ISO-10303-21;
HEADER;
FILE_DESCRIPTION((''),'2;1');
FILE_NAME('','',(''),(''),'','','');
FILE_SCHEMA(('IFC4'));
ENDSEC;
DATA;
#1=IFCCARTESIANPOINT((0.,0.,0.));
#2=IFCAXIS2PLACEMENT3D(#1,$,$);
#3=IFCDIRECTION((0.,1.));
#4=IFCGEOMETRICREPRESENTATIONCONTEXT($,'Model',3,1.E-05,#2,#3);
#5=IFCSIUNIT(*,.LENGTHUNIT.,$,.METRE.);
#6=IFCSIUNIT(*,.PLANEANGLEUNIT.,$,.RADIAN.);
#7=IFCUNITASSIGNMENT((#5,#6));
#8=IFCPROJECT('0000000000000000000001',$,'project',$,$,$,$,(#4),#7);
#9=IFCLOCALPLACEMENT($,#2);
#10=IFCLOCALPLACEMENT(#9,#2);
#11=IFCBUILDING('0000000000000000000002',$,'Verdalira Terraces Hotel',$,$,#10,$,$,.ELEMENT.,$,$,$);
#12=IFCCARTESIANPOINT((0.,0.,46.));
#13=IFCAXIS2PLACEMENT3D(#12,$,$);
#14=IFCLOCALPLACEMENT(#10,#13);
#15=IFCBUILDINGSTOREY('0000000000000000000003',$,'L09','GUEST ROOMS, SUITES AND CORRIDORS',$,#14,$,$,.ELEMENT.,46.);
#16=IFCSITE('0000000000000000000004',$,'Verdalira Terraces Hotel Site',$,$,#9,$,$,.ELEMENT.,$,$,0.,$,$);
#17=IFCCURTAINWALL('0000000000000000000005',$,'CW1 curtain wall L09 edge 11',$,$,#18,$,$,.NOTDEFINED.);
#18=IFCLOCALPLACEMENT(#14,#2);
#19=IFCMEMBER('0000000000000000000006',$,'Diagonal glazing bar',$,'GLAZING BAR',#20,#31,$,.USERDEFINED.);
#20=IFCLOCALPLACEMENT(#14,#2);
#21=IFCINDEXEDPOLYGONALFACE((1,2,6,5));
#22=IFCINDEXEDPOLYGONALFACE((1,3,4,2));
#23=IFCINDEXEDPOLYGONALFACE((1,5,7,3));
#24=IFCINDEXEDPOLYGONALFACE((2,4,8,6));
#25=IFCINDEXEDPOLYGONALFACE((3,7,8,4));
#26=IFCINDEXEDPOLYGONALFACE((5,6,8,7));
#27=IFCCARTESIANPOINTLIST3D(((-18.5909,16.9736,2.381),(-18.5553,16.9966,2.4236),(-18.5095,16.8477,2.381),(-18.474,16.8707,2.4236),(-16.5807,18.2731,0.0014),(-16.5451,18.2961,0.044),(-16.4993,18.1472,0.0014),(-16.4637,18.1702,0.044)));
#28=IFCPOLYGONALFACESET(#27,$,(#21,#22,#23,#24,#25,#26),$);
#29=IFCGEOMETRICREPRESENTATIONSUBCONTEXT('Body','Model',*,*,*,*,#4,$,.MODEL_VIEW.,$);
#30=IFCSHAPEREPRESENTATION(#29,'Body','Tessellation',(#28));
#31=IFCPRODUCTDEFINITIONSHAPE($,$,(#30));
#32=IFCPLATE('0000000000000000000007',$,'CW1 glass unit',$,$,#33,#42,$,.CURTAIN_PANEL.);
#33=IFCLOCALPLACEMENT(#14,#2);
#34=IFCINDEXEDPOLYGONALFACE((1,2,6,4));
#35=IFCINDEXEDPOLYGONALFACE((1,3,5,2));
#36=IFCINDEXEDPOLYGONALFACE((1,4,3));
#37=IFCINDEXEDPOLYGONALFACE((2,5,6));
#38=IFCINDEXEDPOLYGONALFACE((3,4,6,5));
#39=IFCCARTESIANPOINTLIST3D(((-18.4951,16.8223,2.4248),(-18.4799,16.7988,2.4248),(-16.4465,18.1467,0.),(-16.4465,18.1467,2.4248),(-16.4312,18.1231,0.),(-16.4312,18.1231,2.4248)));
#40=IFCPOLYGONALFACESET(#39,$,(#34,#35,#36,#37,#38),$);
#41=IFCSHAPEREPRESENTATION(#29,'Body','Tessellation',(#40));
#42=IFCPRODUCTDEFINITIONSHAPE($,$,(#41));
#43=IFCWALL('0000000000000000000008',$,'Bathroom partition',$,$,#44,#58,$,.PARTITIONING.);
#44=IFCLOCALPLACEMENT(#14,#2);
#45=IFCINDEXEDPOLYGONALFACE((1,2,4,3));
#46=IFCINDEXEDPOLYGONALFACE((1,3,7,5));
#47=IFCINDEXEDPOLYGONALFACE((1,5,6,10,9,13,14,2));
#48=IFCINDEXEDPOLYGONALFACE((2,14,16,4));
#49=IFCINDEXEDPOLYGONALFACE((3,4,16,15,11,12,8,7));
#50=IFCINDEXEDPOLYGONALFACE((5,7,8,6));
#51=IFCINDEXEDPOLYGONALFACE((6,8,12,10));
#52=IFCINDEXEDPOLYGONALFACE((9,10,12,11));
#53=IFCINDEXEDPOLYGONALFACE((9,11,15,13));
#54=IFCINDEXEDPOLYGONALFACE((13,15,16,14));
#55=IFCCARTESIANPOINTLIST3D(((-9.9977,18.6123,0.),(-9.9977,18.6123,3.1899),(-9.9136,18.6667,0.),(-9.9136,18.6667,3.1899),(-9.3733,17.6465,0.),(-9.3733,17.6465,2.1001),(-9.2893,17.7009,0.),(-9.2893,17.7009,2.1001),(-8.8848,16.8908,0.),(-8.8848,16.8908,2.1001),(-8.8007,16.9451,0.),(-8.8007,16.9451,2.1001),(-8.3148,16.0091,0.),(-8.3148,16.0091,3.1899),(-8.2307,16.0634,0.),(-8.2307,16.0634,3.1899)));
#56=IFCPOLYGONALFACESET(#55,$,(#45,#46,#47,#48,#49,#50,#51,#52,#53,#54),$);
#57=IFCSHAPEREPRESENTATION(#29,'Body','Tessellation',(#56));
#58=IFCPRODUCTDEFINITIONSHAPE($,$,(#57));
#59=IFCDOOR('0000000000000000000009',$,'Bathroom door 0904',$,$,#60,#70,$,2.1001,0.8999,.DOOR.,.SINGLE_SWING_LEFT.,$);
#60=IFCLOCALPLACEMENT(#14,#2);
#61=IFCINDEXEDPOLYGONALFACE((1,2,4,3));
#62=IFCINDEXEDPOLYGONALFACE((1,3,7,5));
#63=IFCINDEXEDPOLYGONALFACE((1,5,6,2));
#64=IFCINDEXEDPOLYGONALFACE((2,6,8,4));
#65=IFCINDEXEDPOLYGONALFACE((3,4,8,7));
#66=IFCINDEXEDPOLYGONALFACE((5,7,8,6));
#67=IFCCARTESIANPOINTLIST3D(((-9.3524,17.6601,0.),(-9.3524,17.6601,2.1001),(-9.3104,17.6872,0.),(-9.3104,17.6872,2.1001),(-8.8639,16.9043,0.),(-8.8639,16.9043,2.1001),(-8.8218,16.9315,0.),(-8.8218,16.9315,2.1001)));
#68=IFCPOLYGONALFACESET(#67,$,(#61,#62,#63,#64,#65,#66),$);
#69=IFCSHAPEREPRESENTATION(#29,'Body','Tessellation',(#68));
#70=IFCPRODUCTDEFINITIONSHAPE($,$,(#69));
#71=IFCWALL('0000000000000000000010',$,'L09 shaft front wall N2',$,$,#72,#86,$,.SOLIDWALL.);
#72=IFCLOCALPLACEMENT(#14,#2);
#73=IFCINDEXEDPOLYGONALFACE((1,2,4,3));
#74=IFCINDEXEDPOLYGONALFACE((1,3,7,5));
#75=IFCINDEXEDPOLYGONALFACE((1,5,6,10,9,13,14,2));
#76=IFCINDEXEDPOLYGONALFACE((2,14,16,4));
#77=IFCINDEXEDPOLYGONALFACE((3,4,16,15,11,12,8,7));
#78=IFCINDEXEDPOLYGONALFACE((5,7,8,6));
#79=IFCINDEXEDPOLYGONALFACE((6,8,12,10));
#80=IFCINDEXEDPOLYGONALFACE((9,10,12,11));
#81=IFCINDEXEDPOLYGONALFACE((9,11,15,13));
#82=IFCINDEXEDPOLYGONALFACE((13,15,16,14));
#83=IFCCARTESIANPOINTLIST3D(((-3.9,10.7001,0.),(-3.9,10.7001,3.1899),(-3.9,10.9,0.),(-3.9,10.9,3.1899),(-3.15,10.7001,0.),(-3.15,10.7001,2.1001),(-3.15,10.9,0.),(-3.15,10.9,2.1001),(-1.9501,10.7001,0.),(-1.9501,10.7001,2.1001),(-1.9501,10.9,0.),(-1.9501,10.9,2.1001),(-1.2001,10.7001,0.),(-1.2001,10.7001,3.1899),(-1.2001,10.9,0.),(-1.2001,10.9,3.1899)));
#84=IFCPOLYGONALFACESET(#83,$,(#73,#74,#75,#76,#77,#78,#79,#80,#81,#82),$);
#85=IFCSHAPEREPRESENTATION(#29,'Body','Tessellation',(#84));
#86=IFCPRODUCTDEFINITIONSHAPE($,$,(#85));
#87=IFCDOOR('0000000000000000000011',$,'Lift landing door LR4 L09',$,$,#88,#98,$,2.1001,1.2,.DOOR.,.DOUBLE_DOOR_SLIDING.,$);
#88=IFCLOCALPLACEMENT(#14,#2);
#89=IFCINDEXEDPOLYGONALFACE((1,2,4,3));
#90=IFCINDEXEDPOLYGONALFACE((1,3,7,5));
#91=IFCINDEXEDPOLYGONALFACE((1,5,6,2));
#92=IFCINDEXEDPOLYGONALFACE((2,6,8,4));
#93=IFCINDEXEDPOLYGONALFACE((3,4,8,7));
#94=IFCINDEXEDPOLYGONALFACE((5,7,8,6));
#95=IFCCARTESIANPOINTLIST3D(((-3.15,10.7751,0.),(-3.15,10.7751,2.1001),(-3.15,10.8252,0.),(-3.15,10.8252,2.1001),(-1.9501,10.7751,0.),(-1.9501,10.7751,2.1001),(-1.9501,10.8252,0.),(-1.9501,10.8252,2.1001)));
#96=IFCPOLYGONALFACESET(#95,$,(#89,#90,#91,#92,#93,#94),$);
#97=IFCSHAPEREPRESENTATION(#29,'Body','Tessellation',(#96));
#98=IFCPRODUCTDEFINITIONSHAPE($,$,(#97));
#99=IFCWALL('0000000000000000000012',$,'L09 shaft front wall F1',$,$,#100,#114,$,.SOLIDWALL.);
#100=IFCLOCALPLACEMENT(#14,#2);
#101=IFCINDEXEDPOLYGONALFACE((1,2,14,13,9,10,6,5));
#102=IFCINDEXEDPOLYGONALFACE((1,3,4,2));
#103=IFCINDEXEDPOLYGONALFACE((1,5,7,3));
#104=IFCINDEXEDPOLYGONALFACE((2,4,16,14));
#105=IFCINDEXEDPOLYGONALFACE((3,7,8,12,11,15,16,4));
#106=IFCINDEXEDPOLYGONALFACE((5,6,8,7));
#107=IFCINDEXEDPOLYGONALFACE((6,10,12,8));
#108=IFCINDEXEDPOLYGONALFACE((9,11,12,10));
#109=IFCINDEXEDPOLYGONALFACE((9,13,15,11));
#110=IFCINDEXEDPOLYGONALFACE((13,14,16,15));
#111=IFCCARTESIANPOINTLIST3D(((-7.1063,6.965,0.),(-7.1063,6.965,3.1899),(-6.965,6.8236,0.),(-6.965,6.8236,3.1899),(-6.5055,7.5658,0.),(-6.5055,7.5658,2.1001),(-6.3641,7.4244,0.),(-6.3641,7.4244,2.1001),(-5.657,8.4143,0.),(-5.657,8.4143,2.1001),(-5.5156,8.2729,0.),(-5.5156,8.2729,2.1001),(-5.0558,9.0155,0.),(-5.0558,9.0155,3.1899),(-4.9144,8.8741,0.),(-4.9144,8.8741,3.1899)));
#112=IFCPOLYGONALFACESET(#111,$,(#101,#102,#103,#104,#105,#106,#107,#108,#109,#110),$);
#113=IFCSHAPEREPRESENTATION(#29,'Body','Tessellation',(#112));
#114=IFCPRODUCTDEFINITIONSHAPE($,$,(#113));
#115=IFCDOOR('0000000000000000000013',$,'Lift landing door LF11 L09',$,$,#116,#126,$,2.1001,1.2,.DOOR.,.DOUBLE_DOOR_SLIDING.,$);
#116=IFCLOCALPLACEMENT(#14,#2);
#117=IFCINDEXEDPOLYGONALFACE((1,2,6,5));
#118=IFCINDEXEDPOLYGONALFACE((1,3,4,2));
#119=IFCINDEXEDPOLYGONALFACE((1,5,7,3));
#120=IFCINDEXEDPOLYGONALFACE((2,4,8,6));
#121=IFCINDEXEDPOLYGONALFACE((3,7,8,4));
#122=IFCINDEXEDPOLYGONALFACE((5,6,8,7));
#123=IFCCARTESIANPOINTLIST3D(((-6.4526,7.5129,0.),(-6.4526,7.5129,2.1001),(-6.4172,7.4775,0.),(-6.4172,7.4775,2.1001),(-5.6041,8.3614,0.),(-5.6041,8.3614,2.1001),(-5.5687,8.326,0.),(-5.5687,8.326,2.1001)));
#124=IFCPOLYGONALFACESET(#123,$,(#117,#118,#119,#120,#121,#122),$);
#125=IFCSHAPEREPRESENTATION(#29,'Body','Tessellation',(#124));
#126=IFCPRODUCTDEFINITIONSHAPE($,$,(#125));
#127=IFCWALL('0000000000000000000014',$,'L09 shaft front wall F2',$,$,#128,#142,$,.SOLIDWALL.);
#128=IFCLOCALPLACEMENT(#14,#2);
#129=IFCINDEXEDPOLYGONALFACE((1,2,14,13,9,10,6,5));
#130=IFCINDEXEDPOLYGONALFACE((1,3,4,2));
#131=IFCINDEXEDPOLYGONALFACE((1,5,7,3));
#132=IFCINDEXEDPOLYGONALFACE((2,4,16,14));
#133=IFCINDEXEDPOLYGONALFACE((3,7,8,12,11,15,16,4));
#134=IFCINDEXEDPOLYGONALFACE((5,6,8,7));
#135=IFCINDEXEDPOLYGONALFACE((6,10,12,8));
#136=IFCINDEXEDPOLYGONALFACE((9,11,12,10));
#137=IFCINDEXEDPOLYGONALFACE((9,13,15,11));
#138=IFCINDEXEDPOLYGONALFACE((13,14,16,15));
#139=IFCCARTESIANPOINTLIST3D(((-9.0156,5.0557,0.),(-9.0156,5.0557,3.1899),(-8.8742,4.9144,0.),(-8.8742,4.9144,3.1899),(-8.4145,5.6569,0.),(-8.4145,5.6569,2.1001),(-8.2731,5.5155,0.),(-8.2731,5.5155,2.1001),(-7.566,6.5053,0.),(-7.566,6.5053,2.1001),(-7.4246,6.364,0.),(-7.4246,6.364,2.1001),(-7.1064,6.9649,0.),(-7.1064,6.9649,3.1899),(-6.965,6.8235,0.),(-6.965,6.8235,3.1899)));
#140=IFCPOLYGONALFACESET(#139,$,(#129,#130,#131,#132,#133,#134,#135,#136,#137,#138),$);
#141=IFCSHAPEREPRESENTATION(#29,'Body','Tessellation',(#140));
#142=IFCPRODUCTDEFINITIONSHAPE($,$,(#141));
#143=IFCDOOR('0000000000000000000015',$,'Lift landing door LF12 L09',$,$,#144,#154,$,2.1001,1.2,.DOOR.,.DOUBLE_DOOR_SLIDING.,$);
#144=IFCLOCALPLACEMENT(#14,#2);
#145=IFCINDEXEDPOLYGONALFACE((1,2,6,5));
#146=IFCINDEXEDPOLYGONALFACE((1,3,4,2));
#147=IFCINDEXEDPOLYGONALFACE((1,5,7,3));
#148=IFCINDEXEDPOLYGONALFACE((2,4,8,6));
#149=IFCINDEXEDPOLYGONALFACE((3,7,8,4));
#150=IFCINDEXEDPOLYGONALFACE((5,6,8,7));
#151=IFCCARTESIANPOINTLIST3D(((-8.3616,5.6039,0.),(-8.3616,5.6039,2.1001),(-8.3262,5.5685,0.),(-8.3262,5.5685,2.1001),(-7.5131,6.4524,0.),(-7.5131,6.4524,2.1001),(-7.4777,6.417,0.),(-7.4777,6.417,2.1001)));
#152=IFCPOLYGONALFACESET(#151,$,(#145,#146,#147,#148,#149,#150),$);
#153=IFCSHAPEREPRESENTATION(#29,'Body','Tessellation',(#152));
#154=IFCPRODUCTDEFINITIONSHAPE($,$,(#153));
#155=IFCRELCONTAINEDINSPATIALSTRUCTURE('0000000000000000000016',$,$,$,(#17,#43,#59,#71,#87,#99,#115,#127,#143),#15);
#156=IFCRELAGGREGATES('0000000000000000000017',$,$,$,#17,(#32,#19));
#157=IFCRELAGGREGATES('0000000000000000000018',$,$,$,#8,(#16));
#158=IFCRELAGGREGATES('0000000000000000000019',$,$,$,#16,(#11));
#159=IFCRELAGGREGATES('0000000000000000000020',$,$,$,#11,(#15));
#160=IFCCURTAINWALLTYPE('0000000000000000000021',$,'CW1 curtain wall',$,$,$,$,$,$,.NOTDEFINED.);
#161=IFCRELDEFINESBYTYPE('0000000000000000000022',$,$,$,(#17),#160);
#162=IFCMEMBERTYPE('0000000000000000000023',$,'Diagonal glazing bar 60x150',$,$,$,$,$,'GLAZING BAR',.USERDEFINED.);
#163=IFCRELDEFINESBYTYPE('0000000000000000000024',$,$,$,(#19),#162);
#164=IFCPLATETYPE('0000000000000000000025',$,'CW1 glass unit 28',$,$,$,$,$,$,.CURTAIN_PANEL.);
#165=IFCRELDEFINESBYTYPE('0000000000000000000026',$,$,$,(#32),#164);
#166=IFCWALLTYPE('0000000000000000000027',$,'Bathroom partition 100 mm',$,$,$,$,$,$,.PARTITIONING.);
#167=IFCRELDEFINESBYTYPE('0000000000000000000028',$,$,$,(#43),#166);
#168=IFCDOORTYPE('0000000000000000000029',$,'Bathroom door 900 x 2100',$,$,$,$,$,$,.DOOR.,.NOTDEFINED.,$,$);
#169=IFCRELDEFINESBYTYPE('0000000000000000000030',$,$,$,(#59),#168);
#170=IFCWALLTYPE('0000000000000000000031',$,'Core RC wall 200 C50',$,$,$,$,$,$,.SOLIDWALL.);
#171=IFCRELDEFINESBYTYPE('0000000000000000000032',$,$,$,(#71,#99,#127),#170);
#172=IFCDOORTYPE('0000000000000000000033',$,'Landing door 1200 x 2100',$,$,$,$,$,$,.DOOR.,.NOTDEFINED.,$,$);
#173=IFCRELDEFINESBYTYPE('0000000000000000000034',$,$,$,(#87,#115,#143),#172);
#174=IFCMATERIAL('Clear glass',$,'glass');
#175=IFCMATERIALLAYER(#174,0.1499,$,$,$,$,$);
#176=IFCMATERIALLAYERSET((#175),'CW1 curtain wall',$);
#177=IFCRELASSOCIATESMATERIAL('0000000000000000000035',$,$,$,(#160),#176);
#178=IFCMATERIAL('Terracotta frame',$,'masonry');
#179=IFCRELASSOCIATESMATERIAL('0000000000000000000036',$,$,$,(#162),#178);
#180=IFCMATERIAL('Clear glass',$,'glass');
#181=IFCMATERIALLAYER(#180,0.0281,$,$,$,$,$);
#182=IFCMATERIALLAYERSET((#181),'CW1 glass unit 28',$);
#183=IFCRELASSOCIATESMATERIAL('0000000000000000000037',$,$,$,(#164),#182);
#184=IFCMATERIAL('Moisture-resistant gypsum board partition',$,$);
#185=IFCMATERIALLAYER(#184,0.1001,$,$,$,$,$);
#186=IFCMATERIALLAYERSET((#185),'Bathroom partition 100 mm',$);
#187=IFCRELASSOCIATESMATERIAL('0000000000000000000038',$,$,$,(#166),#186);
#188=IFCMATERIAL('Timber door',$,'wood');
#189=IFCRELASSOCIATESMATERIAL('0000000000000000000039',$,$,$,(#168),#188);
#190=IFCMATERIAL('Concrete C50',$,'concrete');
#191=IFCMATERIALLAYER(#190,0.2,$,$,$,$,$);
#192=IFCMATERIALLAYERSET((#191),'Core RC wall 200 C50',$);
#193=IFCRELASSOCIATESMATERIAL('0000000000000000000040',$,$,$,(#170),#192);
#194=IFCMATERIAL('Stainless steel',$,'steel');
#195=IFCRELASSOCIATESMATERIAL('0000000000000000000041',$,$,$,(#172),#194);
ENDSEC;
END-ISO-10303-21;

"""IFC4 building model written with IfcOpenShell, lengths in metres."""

from ifc_helpers import new_model, si_unit, direction, frame, frame_2d, origin, origin_2d, place, context, subcontext, project, spatial, polyline, rectangle, outline, extrude, material, layer, layer_set, material_profile, profile_set, type_object, element, fill, aggregate, save


model = new_model("IFC4")

# Units and contexts
model_context = context("Model", 3, precision=1e-05, world=origin(), true_north=direction((0.0, 1.0)))
body_context = subcontext(model_context, "Body", "Model", "MODEL_VIEW")
ifc_project = project(units=[si_unit("LENGTHUNIT", "METRE"), si_unit("PLANEANGLEUNIT", "RADIAN")], contexts=[model_context])

# Site, building, storey
site_placement = place(None, origin())
site = spatial("IfcSite", under=ifc_project, at=site_placement, Name="Verdalira Terraces Hotel Site", CompositionType="ELEMENT", RefElevation=0.0)
building_placement = place(site_placement, origin())
building = spatial("IfcBuilding", under=site, at=building_placement, Name="Verdalira Terraces Hotel", CompositionType="ELEMENT")
storey_placement = place(building_placement, frame((0.0, 0.0, 46.0)))
storey = spatial("IfcBuildingStorey", under=building, at=storey_placement, Name="L09", Description="GUEST ROOMS, SUITES AND CORRIDORS", CompositionType="ELEMENT", Elevation=46.0)

# Curtain wall, member, plate
ifc_material_1 = material(Name="Clear glass", Category="glass")
ifc_layer_1 = layer(ifc_material_1, 0.1499)
ifc_layer_set_1 = layer_set([ifc_layer_1], Name="CW1 curtain wall")
curtain_wall_type = type_object("IfcCurtainWallType", Name="CW1 curtain wall", PredefinedType="NOTDEFINED", material=ifc_layer_set_1)
curtain_wall_placement = place(storey_placement, origin())
curtain_wall = element("IfcCurtainWall", 1, at=curtain_wall_placement, inside=storey, type_object=curtain_wall_type, Name="CW1 curtain wall L09 edge 11", PredefinedType="NOTDEFINED")
ifc_material_2 = material(Name="Terracotta frame", Category="masonry")
ifc_material_profile = material_profile(ifc_material_2, rectangle(XDim=0.1499, YDim=0.0601, at=origin_2d()), Name="GB 60x150")
ifc_profile_set = profile_set([ifc_material_profile], Name="Terracotta frame")
member_type = type_object("IfcMemberType", Name="Diagonal glazing bar 60x150", ElementType="GLAZING BAR", PredefinedType="USERDEFINED", material=ifc_profile_set)
member_placement = place(storey_placement, frame((-16.5222, 18.2217, 0.0227), z_axis=(-0.595578, -0.385021, 0.705015), x_axis=(0.5429, -0.839797, 0.0)))
member = element("IfcMember", 2, at=member_placement, type_object=member_type, Name="Diagonal glazing bar", ObjectType="GLAZING BAR", PredefinedType="USERDEFINED", context=body_context, shape_type="SweptSolid", body=[
    extrude(rectangle(XDim=0.1499, YDim=0.0601, at=origin_2d()), origin(), (0.0, 0.0, 1.0), 3.3752),
])
ifc_material_3 = material(Name="Clear glass", Category="glass")
ifc_layer_2 = layer(ifc_material_3, 0.0281)
ifc_layer_set_2 = layer_set([ifc_layer_2], Name="CW1 glass unit 28")
plate_type = type_object("IfcPlateType", Name="CW1 glass unit 28", PredefinedType="CURTAIN_PANEL", material=ifc_layer_set_2)
plate_placement = place(storey_placement, frame((-17.4556, 17.4609, 1.2124), z_axis=(-0.542881, 0.839809, 0.0), x_axis=(-0.839809, -0.542881, 0.0)))
plate = element("IfcPlate", 3, at=plate_placement, type_object=plate_type, Name="CW1 glass unit", PredefinedType="CURTAIN_PANEL", context=body_context, shape_type="SweptSolid", body=[
    extrude(outline(polyline([(-1.2197, -1.2124), (1.2197, 1.2124), (-1.2197, 1.2124), (-1.2197, -1.2124)])), origin(), (0.0, 0.0, 1.0), 0.0281),
])
aggregate(curtain_wall, [plate, member])

# Walls, openings, doors
ifc_material_4 = material(Name="Moisture-resistant gypsum board partition")
ifc_layer_3 = layer(ifc_material_4, 0.1001)
ifc_layer_set_3 = layer_set([ifc_layer_3], Name="Bathroom partition 100 mm")
wall_type_1 = type_object("IfcWallType", Name="Bathroom partition 100 mm", PredefinedType="PARTITIONING", material=ifc_layer_set_3)
wall_1_placement = place(storey_placement, frame((-9.9556, 18.6394, 0.0), z_axis=(0.0, 0.0, 1.0), x_axis=(0.542885, -0.839807, 0.0)))
wall_1 = element("IfcWall", 4, at=wall_1_placement, inside=storey, type_object=wall_type_1, Name="Bathroom partition", PredefinedType="PARTITIONING", context=body_context, shape_type="SweptSolid", body=[
    extrude(rectangle(XDim=3.0999, YDim=0.1001, at=frame_2d((1.5498, 0.0))), origin(), (0.0, 0.0, 1.0), 3.1899),
])
opening_1_placement = place(wall_1_placement, frame((1.1499, 0.0, 0.0)))
opening_1 = element("IfcOpeningElement", 5, at=opening_1_placement, cuts=wall_1, PredefinedType="OPENING", context=body_context, shape_type="SweptSolid", body=[
    extrude(rectangle(XDim=0.8999, YDim=2.1001, at=frame_2d((0.45, 1.05))), frame((0.0, 0.0601, 0.0), z_axis=(0.0, -1.0, 0.0), x_axis=(1.0, 0.0, 0.0)), (0.0, 0.0, 1.0), 0.1201),
])
ifc_material_5 = material(Name="Timber door", Category="wood")
door_type_1 = type_object("IfcDoorType", Name="Bathroom door 900 x 2100", OperationType="NOTDEFINED", PredefinedType="DOOR", material=ifc_material_5)
door_1_placement = place(opening_1_placement, origin())
door_1 = element("IfcDoor", 6, at=door_1_placement, inside=storey, type_object=door_type_1, Name="Bathroom door 0904", OperationType="SINGLE_SWING_LEFT", OverallHeight=2.1001, OverallWidth=0.8999, PredefinedType="DOOR", context=body_context, shape_type="SweptSolid", body=[
    extrude(rectangle(XDim=0.8999, YDim=2.1001, at=frame_2d((0.45, 1.05))), frame((0.0, 0.0249, 0.0), z_axis=(0.0, -1.0, 0.0), x_axis=(1.0, 0.0, 0.0)), (0.0, 0.0, 1.0), 0.05),
])
fill(opening_1, door_1)
ifc_material_6 = material(Name="Concrete C50", Category="concrete")
ifc_layer_4 = layer(ifc_material_6, 0.2)
ifc_layer_set_4 = layer_set([ifc_layer_4], Name="Core RC wall 200 C50")
wall_type_2 = type_object("IfcWallType", Name="Core RC wall 200 C50", PredefinedType="SOLIDWALL", material=ifc_layer_set_4)
wall_2_placement = place(storey_placement, frame((-1.2, 10.8, 0.0), z_axis=(0.0, 0.0, 1.0), x_axis=(-1.0, 0.0, 0.0)))
wall_2 = element("IfcWall", 7, at=wall_2_placement, inside=storey, type_object=wall_type_2, Name="L09 shaft front wall N2", PredefinedType="SOLIDWALL", context=body_context, shape_type="SweptSolid", body=[
    extrude(rectangle(XDim=2.7, YDim=0.2, at=frame_2d((1.3501, 0.0))), origin(), (0.0, 0.0, 1.0), 3.1899),
])
opening_2_placement = place(wall_2_placement, frame((0.75, 0.0, 0.0)))
opening_2 = element("IfcOpeningElement", 8, at=opening_2_placement, cuts=wall_2, PredefinedType="OPENING", context=body_context, shape_type="SweptSolid", body=[
    extrude(rectangle(XDim=1.2, YDim=2.1001, at=frame_2d((0.6001, 1.05))), frame((0.0, 0.1099, 0.0), z_axis=(0.0, -1.0, 0.0), x_axis=(1.0, 0.0, 0.0)), (0.0, 0.0, 1.0), 0.22),
])
ifc_material_7 = material(Name="Stainless steel", Category="steel")
door_type_2 = type_object("IfcDoorType", Name="Landing door 1200 x 2100", OperationType="NOTDEFINED", PredefinedType="DOOR", material=ifc_material_7)
door_2_placement = place(opening_2_placement, origin())
door_2 = element("IfcDoor", 9, at=door_2_placement, inside=storey, type_object=door_type_2, Name="Lift landing door LR4 L09", OperationType="DOUBLE_DOOR_SLIDING", OverallHeight=2.1001, OverallWidth=1.2, PredefinedType="DOOR", context=body_context, shape_type="SweptSolid", body=[
    extrude(rectangle(XDim=1.2, YDim=2.1001, at=frame_2d((0.6001, 1.05))), frame((0.0, 0.0249, 0.0), z_axis=(0.0, -1.0, 0.0), x_axis=(1.0, 0.0, 0.0)), (0.0, 0.0, 1.0), 0.05),
])
fill(opening_2, door_2)
wall_3_placement = place(storey_placement, frame((-4.9851, 8.9448, 0.0), z_axis=(0.0, 0.0, 1.0), x_axis=(-0.707107, -0.707107, 0.0)))
wall_3 = element("IfcWall", 10, at=wall_3_placement, inside=storey, type_object=wall_type_2, Name="L09 shaft front wall F1", PredefinedType="SOLIDWALL", context=body_context, shape_type="SweptSolid", body=[
    extrude(rectangle(XDim=2.8999, YDim=0.2, at=frame_2d((1.45, 0.0))), origin(), (0.0, 0.0, 1.0), 3.1899),
])
opening_3_placement = place(wall_3_placement, frame((0.8501, 0.0, 0.0)))
opening_3 = element("IfcOpeningElement", 11, at=opening_3_placement, cuts=wall_3, PredefinedType="OPENING", context=body_context, shape_type="SweptSolid", body=[
    extrude(rectangle(XDim=1.2, YDim=2.1001, at=frame_2d((0.6001, 1.05))), frame((0.0, 0.1099, 0.0), z_axis=(0.0, -1.0, 0.0), x_axis=(1.0, 0.0, 0.0)), (0.0, 0.0, 1.0), 0.22),
])
door_3_placement = place(opening_3_placement, origin())
door_3 = element("IfcDoor", 12, at=door_3_placement, inside=storey, type_object=door_type_2, Name="Lift landing door LF11 L09", OperationType="DOUBLE_DOOR_SLIDING", OverallHeight=2.1001, OverallWidth=1.2, PredefinedType="DOOR", context=body_context, shape_type="SweptSolid", body=[
    extrude(rectangle(XDim=1.2, YDim=2.1001, at=frame_2d((0.6001, 1.05))), frame((0.0, 0.0249, 0.0), z_axis=(0.0, -1.0, 0.0), x_axis=(1.0, 0.0, 0.0)), (0.0, 0.0, 1.0), 0.05),
])
fill(opening_3, door_3)
wall_4_placement = place(storey_placement, frame((-7.0356, 6.8943, 0.0), z_axis=(0.0, 0.0, 1.0), x_axis=(-0.707107, -0.707107, 0.0)))
wall_4 = element("IfcWall", 13, at=wall_4_placement, inside=storey, type_object=wall_type_2, Name="L09 shaft front wall F2", PredefinedType="SOLIDWALL", context=body_context, shape_type="SweptSolid", body=[
    extrude(rectangle(XDim=2.7, YDim=0.2, at=frame_2d((1.3501, 0.0))), origin(), (0.0, 0.0, 1.0), 3.1899),
])
opening_4_placement = place(wall_4_placement, frame((0.6499, 0.0, 0.0)))
opening_4 = element("IfcOpeningElement", 14, at=opening_4_placement, cuts=wall_4, PredefinedType="OPENING", context=body_context, shape_type="SweptSolid", body=[
    extrude(rectangle(XDim=1.2, YDim=2.1001, at=frame_2d((0.6001, 1.05))), frame((0.0, 0.1099, 0.0), z_axis=(0.0, -1.0, 0.0), x_axis=(1.0, 0.0, 0.0)), (0.0, 0.0, 1.0), 0.22),
])
door_4_placement = place(opening_4_placement, origin())
door_4 = element("IfcDoor", 15, at=door_4_placement, inside=storey, type_object=door_type_2, Name="Lift landing door LF12 L09", OperationType="DOUBLE_DOOR_SLIDING", OverallHeight=2.1001, OverallWidth=1.2, PredefinedType="DOOR", context=body_context, shape_type="SweptSolid", body=[
    extrude(rectangle(XDim=1.2, YDim=2.1001, at=frame_2d((0.6001, 1.05))), frame((0.0, 0.0249, 0.0), z_axis=(0.0, -1.0, 0.0), x_axis=(1.0, 0.0, 0.0)), (0.0, 0.0, 1.0), 0.05),
])
fill(opening_4, door_4)

save(model, "model.ifc")
